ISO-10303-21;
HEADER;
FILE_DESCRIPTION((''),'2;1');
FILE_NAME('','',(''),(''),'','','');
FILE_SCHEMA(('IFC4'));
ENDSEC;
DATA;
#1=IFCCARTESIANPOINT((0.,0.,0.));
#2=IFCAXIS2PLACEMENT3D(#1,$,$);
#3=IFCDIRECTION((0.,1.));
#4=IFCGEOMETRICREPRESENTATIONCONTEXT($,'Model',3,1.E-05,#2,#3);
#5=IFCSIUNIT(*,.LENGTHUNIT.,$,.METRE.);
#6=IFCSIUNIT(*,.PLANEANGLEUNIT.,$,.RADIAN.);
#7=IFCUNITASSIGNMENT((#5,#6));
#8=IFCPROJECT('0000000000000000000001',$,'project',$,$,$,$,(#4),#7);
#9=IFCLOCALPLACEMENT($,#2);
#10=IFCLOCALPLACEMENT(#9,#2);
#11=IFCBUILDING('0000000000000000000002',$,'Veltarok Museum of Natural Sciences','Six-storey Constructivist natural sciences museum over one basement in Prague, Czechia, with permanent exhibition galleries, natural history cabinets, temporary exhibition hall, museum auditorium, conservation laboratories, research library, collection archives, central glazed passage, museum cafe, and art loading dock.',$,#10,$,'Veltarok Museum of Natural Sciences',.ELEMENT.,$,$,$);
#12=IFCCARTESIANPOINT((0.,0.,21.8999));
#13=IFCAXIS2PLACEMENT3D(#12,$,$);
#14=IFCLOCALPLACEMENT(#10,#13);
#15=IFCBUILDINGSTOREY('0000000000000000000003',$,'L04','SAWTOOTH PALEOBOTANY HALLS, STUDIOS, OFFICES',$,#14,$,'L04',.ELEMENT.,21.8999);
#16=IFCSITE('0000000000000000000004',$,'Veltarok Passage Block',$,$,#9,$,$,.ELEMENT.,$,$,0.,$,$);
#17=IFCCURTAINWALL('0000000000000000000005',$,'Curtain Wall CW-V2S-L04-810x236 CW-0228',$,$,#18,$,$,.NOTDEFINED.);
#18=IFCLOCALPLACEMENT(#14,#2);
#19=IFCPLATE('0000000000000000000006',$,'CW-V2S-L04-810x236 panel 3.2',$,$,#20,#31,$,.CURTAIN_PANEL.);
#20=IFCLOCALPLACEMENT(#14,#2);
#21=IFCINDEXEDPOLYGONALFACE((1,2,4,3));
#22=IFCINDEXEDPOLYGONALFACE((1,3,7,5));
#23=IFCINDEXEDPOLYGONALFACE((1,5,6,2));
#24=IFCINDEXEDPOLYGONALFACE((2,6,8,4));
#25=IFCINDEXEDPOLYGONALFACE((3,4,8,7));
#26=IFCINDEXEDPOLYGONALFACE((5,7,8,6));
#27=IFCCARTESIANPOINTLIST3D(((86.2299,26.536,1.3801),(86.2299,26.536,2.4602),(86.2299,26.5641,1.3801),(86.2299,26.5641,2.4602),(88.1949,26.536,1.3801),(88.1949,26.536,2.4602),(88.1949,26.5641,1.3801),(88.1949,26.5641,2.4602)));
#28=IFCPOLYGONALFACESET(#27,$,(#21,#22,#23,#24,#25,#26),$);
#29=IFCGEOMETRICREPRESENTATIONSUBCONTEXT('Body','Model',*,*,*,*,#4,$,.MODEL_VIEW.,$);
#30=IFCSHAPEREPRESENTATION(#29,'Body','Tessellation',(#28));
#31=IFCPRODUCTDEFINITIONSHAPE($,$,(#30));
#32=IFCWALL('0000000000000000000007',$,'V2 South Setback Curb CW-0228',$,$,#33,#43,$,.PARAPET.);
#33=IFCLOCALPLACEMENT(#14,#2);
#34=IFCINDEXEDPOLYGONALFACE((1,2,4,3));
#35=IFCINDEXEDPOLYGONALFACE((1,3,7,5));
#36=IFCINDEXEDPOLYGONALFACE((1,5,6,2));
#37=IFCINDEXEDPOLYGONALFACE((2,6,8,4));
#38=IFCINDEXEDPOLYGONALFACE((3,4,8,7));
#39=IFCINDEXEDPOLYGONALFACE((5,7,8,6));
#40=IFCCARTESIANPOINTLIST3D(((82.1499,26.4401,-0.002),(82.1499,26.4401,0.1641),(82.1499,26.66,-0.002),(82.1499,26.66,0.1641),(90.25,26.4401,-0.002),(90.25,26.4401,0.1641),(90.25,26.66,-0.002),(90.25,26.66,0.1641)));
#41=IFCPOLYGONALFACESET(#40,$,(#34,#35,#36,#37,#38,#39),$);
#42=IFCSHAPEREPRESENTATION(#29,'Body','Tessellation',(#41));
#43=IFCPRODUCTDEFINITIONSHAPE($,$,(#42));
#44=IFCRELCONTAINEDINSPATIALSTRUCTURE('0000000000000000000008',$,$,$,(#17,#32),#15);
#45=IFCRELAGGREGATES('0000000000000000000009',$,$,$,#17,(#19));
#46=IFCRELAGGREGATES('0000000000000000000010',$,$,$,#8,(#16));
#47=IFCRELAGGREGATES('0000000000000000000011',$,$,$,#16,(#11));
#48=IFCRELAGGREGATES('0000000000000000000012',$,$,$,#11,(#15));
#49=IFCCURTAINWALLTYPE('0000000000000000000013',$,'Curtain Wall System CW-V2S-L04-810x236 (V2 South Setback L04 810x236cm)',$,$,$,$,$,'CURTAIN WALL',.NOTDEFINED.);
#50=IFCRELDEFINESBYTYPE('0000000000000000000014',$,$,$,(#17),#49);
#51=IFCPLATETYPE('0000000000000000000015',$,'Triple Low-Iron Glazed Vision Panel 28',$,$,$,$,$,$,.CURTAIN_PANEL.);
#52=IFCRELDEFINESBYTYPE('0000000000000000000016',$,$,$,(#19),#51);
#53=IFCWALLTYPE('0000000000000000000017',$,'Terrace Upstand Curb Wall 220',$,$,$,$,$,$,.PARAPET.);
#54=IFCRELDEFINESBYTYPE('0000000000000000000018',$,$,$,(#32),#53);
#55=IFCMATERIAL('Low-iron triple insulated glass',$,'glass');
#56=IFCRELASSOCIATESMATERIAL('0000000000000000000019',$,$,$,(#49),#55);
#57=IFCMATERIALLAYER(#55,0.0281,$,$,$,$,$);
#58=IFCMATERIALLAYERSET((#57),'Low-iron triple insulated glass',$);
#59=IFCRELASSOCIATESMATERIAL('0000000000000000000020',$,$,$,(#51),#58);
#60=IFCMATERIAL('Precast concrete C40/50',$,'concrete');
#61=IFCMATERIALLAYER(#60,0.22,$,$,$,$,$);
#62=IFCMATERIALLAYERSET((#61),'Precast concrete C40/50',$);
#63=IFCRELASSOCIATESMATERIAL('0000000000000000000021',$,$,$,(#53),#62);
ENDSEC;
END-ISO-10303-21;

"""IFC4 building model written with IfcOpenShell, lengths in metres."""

from ifc_helpers import new_model, si_unit, direction, frame, frame_2d, origin, origin_2d, place, context, subcontext, project, spatial, rectangle, extrude, material, layer, layer_set, type_object, element, aggregate, save


model = new_model("IFC4")

# Units and contexts
model_context = context("Model", 3, precision=1e-05, world=origin(), true_north=direction((0.0, 1.0)))
body_context = subcontext(model_context, "Body", "Model", "MODEL_VIEW")
ifc_project = project(units=[si_unit("LENGTHUNIT", "METRE"), si_unit("PLANEANGLEUNIT", "RADIAN")], contexts=[model_context])

# Site, building, storey
site_placement = place(None, origin())
site = spatial("IfcSite", under=ifc_project, at=site_placement, Name="Veltarok Passage Block", CompositionType="ELEMENT", RefElevation=0.0)
building_placement = place(site_placement, origin())
building = spatial("IfcBuilding", under=site, at=building_placement, Name="Veltarok Museum of Natural Sciences", Description="Six-storey Constructivist natural sciences museum over one basement in Prague, Czechia, with permanent exhibition galleries, natural history cabinets, temporary exhibition hall, museum auditorium, conservation laboratories, research library, collection archives, central glazed passage, museum cafe, and art loading dock.", LongName="Veltarok Museum of Natural Sciences", CompositionType="ELEMENT")
storey_placement = place(building_placement, frame((0.0, 0.0, 21.8999)))
storey = spatial("IfcBuildingStorey", under=building, at=storey_placement, Name="L04", Description="SAWTOOTH PALEOBOTANY HALLS, STUDIOS, OFFICES", LongName="L04", CompositionType="ELEMENT", Elevation=21.8999)

# Curtain wall
ifc_material_1 = material(Name="Low-iron triple insulated glass", Category="glass")
curtain_wall_type = type_object("IfcCurtainWallType", Name="Curtain Wall System CW-V2S-L04-810x236 (V2 South Setback L04 810x236cm)", ElementType="CURTAIN WALL", PredefinedType="NOTDEFINED", material=ifc_material_1)
curtain_wall_1_placement = place(storey_placement, origin())
curtain_wall_1 = element("IfcCurtainWall", 1, at=curtain_wall_1_placement, inside=storey, type_object=curtain_wall_type, Name="Curtain Wall CW-V2S-L04-810x236 CW-0228", PredefinedType="NOTDEFINED")

# Plate
ifc_layer_1 = layer(ifc_material_1, 0.0281)
ifc_layer_set_1 = layer_set([ifc_layer_1], Name="Low-iron triple insulated glass")
plate_type = type_object("IfcPlateType", Name="Triple Low-Iron Glazed Vision Panel 28", PredefinedType="CURTAIN_PANEL", material=ifc_layer_set_1)
plate_1_placement = place(storey_placement, frame((87.2124, 26.55, 1.3801), z_axis=(0.0, 0.0, 1.0), x_axis=(1.0, 0.0, 0.0)))
plate_1 = element("IfcPlate", 2, at=plate_1_placement, type_object=plate_type, Name="CW-V2S-L04-810x236 panel 3.2", PredefinedType="CURTAIN_PANEL", context=body_context, shape_type="SweptSolid", body=[
    extrude(rectangle(XDim=1.9651, YDim=0.0281, at=origin_2d()), origin(), (0.0, 0.0, 1.0), 1.0801),
])
aggregate(curtain_wall_1, [plate_1])

# Wall
ifc_material_2 = material(Name="Precast concrete C40/50", Category="concrete")
ifc_layer_2 = layer(ifc_material_2, 0.22)
ifc_layer_set_2 = layer_set([ifc_layer_2], Name="Precast concrete C40/50")
wall_type = type_object("IfcWallType", Name="Terrace Upstand Curb Wall 220", PredefinedType="PARAPET", material=ifc_layer_set_2)
wall_placement = place(storey_placement, frame((82.1499, 26.55, -0.002), z_axis=(0.0, 0.0, 1.0), x_axis=(1.0, 0.0, 0.0)))
element("IfcWall", 3, at=wall_placement, inside=storey, type_object=wall_type, Name="V2 South Setback Curb CW-0228", PredefinedType="PARAPET", context=body_context, shape_type="SweptSolid", body=[
    extrude(rectangle(XDim=8.1001, YDim=0.22, at=frame_2d((4.05, 0.0))), origin(), (0.0, 0.0, 1.0), 0.166),
])

save(model, "model.ifc")
